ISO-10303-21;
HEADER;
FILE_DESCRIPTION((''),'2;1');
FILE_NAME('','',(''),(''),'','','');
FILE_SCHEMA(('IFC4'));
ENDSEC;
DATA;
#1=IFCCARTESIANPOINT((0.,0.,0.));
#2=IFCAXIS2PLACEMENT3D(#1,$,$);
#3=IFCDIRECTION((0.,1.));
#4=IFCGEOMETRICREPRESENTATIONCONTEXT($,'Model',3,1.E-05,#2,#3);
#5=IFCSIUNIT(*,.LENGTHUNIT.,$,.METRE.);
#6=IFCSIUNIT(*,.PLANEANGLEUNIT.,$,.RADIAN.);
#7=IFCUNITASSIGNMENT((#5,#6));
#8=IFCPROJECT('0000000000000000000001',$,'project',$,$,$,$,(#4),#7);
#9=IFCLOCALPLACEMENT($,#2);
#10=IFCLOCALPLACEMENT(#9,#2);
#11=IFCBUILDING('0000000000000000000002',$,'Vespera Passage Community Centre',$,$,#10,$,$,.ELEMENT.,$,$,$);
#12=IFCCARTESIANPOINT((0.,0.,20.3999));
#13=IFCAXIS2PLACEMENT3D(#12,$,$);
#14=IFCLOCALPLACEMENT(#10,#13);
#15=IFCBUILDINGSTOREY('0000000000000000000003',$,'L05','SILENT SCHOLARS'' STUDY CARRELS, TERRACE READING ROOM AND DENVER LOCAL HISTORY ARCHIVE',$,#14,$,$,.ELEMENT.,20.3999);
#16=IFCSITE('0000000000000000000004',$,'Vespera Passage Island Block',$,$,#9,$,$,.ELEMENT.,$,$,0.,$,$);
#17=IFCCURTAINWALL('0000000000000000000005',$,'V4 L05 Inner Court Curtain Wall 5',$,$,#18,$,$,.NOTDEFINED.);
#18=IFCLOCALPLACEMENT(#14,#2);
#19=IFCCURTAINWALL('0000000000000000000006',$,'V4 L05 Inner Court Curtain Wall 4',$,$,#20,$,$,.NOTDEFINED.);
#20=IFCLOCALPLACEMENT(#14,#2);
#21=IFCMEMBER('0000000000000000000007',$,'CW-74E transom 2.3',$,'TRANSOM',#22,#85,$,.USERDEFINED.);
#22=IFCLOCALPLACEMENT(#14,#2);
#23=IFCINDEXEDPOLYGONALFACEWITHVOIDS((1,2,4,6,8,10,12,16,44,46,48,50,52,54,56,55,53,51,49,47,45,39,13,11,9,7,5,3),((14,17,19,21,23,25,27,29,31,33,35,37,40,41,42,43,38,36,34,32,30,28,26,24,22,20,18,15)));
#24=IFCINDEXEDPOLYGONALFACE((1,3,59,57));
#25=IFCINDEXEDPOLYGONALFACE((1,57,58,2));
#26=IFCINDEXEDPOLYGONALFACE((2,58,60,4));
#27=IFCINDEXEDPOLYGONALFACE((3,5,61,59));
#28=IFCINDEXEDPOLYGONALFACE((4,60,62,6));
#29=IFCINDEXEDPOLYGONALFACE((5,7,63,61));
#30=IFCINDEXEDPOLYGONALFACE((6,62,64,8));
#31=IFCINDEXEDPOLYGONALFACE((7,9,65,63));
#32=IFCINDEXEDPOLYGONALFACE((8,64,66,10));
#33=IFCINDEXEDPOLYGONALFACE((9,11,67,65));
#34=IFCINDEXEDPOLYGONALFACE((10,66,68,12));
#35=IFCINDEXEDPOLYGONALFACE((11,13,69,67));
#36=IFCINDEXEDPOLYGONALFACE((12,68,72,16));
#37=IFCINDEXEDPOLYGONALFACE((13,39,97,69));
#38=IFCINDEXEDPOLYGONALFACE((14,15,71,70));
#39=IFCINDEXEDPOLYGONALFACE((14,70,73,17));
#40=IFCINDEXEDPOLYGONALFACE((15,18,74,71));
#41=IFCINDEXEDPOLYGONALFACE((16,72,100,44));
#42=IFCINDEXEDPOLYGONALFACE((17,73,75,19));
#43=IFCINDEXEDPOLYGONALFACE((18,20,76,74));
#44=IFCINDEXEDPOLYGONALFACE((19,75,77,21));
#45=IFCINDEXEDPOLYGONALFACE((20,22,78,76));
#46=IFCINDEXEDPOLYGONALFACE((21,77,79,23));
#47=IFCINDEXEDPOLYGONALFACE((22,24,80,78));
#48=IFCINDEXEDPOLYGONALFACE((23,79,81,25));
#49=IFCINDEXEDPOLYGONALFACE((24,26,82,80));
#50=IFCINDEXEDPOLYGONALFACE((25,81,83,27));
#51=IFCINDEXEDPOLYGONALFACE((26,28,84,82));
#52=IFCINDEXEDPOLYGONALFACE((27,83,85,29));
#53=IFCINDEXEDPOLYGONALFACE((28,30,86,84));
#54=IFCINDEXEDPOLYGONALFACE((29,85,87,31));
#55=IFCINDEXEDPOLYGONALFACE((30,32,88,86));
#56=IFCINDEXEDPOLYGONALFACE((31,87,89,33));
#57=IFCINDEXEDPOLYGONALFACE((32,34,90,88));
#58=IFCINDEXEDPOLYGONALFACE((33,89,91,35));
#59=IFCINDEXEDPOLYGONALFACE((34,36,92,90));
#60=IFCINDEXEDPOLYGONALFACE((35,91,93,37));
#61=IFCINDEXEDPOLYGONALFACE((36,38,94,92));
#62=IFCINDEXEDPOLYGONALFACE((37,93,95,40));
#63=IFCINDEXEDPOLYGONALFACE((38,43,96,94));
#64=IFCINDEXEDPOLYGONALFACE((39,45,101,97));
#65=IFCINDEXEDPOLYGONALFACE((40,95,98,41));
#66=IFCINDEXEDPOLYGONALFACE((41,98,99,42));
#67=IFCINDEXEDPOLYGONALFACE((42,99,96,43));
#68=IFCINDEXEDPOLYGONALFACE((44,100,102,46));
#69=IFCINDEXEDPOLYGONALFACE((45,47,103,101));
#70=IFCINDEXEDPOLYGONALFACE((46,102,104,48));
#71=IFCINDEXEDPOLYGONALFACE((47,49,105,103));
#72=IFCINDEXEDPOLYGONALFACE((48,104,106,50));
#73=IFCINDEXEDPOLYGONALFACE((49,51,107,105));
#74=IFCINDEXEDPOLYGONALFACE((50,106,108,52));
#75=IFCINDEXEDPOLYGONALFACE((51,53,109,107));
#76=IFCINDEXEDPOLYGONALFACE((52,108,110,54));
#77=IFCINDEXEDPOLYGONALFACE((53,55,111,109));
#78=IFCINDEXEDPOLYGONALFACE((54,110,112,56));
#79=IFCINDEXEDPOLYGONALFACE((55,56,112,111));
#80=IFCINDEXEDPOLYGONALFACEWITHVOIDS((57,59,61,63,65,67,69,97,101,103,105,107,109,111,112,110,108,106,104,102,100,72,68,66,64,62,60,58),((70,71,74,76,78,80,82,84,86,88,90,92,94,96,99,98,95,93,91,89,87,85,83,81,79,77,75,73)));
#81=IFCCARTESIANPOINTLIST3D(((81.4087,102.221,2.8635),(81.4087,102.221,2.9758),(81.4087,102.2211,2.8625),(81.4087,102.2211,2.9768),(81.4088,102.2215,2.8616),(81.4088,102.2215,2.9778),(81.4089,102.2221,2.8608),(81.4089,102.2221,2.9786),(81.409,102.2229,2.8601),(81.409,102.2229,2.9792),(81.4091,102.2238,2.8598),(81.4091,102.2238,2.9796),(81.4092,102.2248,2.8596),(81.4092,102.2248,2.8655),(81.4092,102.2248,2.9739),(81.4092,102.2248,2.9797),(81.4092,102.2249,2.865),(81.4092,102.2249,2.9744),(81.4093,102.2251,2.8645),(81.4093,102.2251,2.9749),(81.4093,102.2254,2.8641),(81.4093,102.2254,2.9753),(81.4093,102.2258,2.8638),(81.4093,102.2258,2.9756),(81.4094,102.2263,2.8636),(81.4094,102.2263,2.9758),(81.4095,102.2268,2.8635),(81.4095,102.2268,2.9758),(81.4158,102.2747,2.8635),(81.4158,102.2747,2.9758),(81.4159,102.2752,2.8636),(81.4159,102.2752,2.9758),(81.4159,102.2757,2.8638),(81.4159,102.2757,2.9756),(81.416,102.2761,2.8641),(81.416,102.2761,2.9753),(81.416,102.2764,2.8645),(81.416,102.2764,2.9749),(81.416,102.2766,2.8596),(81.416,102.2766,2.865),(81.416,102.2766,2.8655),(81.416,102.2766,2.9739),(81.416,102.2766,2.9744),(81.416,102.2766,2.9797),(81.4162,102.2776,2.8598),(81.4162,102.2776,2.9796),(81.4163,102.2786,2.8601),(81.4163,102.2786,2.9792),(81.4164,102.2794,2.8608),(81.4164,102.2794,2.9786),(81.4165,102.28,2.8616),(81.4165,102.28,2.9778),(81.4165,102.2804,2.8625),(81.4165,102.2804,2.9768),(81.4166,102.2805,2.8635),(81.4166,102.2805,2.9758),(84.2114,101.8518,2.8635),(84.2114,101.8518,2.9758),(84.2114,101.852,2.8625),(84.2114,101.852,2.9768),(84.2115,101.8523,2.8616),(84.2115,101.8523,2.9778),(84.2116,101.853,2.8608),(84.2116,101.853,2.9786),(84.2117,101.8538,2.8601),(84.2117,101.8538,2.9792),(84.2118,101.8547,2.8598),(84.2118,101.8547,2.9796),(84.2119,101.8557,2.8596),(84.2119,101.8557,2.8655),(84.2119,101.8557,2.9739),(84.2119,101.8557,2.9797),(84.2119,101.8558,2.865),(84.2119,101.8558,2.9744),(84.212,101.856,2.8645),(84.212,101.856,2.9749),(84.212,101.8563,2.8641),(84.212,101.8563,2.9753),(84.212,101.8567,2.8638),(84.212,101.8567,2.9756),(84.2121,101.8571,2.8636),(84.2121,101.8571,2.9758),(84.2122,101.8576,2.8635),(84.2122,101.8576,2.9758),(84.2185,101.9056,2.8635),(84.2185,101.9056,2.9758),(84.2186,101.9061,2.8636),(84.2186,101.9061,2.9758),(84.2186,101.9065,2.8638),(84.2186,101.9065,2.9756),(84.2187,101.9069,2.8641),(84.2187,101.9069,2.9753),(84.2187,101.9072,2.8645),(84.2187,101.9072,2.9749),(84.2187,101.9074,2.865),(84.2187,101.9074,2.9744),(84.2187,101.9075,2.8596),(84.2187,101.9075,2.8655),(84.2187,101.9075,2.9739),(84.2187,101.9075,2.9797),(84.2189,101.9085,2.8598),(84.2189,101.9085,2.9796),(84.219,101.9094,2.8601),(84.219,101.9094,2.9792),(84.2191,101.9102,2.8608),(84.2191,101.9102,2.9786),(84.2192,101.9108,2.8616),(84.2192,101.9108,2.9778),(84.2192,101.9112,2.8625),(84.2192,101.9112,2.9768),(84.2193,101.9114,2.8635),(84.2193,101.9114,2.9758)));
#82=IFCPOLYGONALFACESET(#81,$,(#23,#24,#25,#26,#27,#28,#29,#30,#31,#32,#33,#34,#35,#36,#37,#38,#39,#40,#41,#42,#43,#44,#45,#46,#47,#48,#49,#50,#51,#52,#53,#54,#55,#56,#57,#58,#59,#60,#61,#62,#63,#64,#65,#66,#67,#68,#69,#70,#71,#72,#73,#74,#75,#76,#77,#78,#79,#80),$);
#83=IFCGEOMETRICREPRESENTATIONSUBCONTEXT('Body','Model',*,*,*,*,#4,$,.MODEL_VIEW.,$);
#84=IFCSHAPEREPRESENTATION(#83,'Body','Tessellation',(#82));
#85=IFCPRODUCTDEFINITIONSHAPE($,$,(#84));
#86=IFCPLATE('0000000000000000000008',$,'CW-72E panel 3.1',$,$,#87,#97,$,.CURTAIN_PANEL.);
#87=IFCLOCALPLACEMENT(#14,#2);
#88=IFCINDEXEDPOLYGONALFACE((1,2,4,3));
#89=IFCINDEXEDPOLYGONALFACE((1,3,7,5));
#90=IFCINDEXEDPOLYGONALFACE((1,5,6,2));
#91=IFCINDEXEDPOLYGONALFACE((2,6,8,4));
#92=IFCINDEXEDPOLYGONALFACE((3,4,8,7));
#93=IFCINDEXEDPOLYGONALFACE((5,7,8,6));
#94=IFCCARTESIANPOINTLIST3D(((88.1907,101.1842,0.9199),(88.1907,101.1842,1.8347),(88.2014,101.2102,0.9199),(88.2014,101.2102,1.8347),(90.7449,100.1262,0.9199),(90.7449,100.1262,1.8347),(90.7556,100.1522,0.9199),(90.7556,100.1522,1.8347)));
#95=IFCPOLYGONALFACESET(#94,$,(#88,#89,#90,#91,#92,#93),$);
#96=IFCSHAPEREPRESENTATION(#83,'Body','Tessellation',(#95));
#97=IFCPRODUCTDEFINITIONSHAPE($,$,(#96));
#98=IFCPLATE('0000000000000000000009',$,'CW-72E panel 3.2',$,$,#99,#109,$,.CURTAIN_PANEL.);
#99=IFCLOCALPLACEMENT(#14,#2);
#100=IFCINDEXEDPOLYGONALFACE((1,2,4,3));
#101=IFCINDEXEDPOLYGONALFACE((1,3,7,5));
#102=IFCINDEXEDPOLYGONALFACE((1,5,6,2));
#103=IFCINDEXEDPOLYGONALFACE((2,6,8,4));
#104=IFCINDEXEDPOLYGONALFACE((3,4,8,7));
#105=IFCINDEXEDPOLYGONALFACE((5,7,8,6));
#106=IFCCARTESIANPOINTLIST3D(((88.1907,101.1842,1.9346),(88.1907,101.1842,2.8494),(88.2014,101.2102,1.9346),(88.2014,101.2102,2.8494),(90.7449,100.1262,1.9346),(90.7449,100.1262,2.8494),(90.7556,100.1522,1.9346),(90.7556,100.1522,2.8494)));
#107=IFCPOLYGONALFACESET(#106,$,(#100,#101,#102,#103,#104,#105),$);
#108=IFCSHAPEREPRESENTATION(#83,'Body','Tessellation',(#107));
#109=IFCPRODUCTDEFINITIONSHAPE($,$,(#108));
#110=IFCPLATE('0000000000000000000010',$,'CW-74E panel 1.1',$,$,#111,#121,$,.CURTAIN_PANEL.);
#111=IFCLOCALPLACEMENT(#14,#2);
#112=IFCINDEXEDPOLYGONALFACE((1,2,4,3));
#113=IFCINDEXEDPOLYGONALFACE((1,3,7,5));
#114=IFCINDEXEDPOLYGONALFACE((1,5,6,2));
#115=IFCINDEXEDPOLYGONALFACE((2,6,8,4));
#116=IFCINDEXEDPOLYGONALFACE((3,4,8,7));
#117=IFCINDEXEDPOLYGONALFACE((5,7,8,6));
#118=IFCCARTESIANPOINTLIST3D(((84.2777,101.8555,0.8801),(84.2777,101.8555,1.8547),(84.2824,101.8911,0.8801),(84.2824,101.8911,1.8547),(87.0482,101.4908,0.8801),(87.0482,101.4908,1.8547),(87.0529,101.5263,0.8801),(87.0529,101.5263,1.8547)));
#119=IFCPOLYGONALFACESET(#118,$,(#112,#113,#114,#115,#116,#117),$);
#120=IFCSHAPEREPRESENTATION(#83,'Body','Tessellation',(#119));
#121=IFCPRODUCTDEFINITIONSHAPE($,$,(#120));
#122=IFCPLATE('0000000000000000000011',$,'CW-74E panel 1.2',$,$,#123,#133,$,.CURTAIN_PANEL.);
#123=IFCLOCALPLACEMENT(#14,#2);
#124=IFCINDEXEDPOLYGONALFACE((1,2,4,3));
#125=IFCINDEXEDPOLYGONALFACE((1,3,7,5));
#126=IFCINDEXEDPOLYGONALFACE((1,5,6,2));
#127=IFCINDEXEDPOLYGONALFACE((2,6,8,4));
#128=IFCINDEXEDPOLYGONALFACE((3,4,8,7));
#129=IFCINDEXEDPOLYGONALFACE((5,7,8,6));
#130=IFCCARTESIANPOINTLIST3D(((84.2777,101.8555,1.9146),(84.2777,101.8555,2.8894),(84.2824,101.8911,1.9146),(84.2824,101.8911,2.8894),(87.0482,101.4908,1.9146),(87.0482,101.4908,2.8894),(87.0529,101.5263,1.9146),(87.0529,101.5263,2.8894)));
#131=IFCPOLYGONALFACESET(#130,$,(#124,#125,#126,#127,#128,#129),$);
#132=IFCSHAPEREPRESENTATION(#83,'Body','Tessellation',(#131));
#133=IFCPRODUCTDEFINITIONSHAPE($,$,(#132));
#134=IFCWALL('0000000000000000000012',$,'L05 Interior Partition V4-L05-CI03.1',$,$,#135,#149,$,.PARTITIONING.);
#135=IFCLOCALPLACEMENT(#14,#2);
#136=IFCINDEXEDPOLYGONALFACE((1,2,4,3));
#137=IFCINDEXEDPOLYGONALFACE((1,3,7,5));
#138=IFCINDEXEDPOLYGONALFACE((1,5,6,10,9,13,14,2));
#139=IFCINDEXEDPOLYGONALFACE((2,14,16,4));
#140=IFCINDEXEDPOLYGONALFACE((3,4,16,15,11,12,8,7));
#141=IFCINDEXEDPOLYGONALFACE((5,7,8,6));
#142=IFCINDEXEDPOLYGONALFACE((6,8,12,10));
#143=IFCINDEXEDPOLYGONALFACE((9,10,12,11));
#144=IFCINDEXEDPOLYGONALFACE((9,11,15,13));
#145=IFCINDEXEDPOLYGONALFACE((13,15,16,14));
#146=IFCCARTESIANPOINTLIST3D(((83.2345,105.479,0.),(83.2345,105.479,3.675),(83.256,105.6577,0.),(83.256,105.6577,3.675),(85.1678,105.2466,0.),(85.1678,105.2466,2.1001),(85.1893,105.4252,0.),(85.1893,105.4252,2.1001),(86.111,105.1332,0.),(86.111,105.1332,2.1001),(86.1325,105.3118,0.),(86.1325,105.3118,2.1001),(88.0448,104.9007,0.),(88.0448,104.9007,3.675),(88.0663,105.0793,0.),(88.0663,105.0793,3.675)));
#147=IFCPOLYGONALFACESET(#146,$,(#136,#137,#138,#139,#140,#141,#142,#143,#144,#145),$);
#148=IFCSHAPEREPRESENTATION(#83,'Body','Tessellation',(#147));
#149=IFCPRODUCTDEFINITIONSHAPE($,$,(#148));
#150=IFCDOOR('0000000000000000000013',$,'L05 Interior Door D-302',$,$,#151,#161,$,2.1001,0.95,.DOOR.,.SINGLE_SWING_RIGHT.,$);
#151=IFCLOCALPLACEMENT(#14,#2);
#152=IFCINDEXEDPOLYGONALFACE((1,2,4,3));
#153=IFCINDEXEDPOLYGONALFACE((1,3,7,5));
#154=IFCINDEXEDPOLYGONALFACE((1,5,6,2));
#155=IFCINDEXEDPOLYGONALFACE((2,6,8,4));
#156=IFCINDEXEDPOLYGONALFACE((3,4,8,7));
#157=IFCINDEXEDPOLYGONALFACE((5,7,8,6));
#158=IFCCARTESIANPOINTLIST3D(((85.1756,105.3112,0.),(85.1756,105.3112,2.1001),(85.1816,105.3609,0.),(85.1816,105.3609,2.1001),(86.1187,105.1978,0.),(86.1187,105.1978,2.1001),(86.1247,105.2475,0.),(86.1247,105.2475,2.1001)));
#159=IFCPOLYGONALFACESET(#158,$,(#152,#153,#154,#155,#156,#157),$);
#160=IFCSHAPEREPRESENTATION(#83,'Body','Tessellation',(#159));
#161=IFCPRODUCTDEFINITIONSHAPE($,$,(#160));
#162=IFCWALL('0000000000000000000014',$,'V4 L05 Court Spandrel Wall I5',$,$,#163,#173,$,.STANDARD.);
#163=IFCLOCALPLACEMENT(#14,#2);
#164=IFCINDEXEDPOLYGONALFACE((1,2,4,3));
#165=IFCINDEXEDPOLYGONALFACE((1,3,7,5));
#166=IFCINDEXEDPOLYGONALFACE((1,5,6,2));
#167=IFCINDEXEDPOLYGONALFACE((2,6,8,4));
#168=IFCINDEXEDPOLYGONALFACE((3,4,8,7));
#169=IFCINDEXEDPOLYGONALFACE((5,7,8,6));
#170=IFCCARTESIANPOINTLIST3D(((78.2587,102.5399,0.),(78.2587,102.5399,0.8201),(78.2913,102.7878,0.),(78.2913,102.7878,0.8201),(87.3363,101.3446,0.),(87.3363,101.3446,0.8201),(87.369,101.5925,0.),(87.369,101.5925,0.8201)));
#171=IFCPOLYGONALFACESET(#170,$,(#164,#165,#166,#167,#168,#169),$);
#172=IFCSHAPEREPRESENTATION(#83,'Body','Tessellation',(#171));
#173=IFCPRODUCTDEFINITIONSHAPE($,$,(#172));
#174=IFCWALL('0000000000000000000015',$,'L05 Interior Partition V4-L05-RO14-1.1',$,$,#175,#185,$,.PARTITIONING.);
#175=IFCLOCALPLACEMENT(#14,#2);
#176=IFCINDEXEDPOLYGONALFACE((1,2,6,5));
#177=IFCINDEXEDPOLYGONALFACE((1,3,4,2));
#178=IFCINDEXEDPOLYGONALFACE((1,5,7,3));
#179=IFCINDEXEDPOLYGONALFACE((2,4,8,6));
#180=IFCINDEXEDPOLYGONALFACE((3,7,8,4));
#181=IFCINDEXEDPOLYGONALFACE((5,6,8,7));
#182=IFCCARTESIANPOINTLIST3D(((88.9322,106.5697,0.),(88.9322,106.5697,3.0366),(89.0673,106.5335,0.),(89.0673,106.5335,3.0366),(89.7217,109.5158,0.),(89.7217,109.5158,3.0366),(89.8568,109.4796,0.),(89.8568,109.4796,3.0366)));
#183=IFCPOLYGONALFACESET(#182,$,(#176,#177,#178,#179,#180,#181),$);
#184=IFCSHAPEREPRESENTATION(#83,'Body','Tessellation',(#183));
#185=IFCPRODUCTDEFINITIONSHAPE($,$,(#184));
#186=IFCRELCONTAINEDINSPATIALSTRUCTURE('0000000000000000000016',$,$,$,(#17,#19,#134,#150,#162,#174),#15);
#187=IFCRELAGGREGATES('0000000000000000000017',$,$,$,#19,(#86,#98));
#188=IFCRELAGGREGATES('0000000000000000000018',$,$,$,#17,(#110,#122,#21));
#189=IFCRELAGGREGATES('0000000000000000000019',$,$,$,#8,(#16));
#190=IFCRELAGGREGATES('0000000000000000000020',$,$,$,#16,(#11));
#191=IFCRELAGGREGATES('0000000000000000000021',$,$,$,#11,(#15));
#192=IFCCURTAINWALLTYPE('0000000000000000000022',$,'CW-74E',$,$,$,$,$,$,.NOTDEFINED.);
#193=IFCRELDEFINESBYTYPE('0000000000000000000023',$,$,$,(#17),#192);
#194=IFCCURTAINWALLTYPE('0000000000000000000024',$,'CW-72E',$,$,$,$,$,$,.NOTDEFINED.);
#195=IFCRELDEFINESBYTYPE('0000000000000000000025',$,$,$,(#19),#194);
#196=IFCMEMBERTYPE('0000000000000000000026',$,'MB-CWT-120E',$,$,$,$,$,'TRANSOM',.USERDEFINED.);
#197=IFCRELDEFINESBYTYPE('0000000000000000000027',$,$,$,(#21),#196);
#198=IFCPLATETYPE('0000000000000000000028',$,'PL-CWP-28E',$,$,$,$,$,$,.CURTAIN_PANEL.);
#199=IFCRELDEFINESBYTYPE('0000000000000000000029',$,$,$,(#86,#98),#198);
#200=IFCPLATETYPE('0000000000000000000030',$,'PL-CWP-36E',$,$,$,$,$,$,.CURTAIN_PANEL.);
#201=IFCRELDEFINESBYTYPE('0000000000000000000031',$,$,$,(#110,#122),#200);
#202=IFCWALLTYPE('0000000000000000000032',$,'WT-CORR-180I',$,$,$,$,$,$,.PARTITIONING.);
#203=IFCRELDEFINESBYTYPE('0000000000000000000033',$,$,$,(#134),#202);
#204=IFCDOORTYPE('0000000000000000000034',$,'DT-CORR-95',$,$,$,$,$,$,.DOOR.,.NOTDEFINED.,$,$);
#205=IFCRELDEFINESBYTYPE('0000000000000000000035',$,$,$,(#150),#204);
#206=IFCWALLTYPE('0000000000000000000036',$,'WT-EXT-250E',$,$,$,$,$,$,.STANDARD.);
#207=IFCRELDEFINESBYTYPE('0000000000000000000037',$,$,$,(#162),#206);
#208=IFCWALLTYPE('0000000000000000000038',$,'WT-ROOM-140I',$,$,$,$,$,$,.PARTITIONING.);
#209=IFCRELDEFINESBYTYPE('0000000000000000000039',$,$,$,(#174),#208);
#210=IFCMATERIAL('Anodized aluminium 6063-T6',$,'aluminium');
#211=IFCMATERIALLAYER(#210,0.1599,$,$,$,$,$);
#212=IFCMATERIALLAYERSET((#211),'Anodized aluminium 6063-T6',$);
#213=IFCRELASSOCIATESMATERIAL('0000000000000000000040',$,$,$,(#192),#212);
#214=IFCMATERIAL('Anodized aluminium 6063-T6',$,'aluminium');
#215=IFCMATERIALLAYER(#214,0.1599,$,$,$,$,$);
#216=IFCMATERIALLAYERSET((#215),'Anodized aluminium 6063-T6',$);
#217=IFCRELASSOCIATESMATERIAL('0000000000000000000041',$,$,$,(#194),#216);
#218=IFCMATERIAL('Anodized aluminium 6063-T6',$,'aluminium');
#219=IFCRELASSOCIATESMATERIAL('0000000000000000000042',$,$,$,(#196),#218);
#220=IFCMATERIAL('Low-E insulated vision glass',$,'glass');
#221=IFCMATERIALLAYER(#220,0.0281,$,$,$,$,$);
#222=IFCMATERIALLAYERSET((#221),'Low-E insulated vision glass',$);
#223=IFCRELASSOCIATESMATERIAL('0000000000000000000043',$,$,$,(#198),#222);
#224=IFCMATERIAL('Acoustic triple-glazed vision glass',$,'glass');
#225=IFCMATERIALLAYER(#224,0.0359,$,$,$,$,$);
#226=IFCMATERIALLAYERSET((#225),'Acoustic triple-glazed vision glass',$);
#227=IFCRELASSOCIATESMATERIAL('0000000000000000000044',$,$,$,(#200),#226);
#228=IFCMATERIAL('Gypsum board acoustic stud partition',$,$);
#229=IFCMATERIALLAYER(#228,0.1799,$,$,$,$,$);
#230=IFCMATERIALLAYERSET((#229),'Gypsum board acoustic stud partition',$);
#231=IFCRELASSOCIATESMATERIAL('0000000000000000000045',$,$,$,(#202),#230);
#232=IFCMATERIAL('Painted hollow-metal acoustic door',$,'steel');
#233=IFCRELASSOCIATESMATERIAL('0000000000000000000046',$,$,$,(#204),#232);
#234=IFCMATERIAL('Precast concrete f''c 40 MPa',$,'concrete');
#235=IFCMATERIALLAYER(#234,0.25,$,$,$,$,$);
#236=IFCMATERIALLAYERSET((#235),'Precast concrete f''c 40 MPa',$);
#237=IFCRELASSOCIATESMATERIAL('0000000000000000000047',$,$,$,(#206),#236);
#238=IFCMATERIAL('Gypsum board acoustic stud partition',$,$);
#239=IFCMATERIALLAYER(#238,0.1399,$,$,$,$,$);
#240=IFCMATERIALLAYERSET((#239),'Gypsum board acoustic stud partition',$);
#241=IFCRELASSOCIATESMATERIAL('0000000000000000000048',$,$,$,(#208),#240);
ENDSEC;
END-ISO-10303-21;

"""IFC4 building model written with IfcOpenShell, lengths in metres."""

from ifc_helpers import new_model, si_unit, direction, frame, frame_2d, origin, origin_2d, place, context, subcontext, project, spatial, rectangle, hollow_rectangle, extrude, material, layer, layer_set, material_profile, profile_set, type_object, element, fill, aggregate, save


model = new_model("IFC4")

# Units and contexts
model_context = context("Model", 3, precision=1e-05, world=origin(), true_north=direction((0.0, 1.0)))
body_context = subcontext(model_context, "Body", "Model", "MODEL_VIEW")
ifc_project = project(units=[si_unit("LENGTHUNIT", "METRE"), si_unit("PLANEANGLEUNIT", "RADIAN")], contexts=[model_context])

# Site, building, storey
site_placement = place(None, origin())
site = spatial("IfcSite", under=ifc_project, at=site_placement, Name="Vespera Passage Island Block", CompositionType="ELEMENT", RefElevation=0.0)
building_placement = place(site_placement, origin())
building = spatial("IfcBuilding", under=site, at=building_placement, Name="Vespera Passage Community Centre", CompositionType="ELEMENT")
storey_placement = place(building_placement, frame((0.0, 0.0, 20.3999)))
storey = spatial("IfcBuildingStorey", under=building, at=storey_placement, Name="L05", Description="SILENT SCHOLARS' STUDY CARRELS, TERRACE READING ROOM AND DENVER LOCAL HISTORY ARCHIVE", CompositionType="ELEMENT", Elevation=20.3999)

# Curtain walls
ifc_material_1 = material(Name="Anodized aluminium 6063-T6", Category="aluminium")
ifc_layer_1 = layer(ifc_material_1, 0.1599)
ifc_layer_set_1 = layer_set([ifc_layer_1], Name="Anodized aluminium 6063-T6")
curtain_wall_type_1 = type_object("IfcCurtainWallType", Name="CW-74E", PredefinedType="NOTDEFINED", material=ifc_layer_set_1)
curtain_wall_1_placement = place(storey_placement, origin())
curtain_wall_1 = element("IfcCurtainWall", 1, at=curtain_wall_1_placement, inside=storey, type_object=curtain_wall_type_1, Name="V4 L05 Inner Court Curtain Wall 5", PredefinedType="NOTDEFINED")
ifc_material_2 = material(Name="Anodized aluminium 6063-T6", Category="aluminium")
ifc_layer_2 = layer(ifc_material_2, 0.1599)
ifc_layer_set_2 = layer_set([ifc_layer_2], Name="Anodized aluminium 6063-T6")
curtain_wall_type_2 = type_object("IfcCurtainWallType", Name="CW-72E", PredefinedType="NOTDEFINED", material=ifc_layer_set_2)
curtain_wall_2_placement = place(storey_placement, origin())
curtain_wall_2 = element("IfcCurtainWall", 2, at=curtain_wall_2_placement, inside=storey, type_object=curtain_wall_type_2, Name="V4 L05 Inner Court Curtain Wall 4", PredefinedType="NOTDEFINED")

# Member
ifc_material_3 = material(Name="Anodized aluminium 6063-T6", Category="aluminium")
ifc_material_profile_1 = material_profile(ifc_material_3, hollow_rectangle(XDim=0.0601, YDim=0.1201, WallThickness=0.0039, InnerFilletRadius=0.002, OuterFilletRadius=0.0039, at=origin_2d()), Name="ALU120X60X4")
ifc_profile_set_1 = profile_set([ifc_material_profile_1], Name="Anodized aluminium 6063-T6")
member_type_1 = type_object("IfcMemberType", Name="MB-CWT-120E", ElementType="TRANSOM", PredefinedType="USERDEFINED", material=ifc_profile_set_1)
member_1_placement = place(storey_placement, frame((84.2153, 101.8816, 2.9197), z_axis=(-0.991438, 0.13058, 0.0), x_axis=(-0.13058, -0.991438, 0.0)))
member_1 = element("IfcMember", 3, at=member_1_placement, type_object=member_type_1, Name="CW-74E transom 2.3", ObjectType="TRANSOM", PredefinedType="USERDEFINED", context=body_context, shape_type="SweptSolid", body=[
    extrude(hollow_rectangle(XDim=0.0601, YDim=0.1201, WallThickness=0.0039, InnerFilletRadius=0.002, OuterFilletRadius=0.0039, at=origin_2d()), origin(), (0.0, 0.0, 1.0), 2.8269),
])

# Plates
ifc_material_4 = material(Name="Low-E insulated vision glass", Category="glass")
ifc_layer_3 = layer(ifc_material_4, 0.0281)
ifc_layer_set_3 = layer_set([ifc_layer_3], Name="Low-E insulated vision glass")
plate_type_1 = type_object("IfcPlateType", Name="PL-CWP-28E", PredefinedType="CURTAIN_PANEL", material=ifc_layer_set_3)
plate_1_placement = place(storey_placement, frame((89.4731, 100.6682, 0.9199), z_axis=(0.0, 0.0, 1.0), x_axis=(-0.923877, 0.38269, 0.0)))
plate_1 = element("IfcPlate", 4, at=plate_1_placement, type_object=plate_type_1, Name="CW-72E panel 3.1", PredefinedType="CURTAIN_PANEL", context=body_context, shape_type="SweptSolid", body=[
    extrude(rectangle(XDim=2.7646, YDim=0.0281, at=origin_2d()), origin(), (0.0, 0.0, 1.0), 0.9148),
])
plate_2_placement = place(storey_placement, frame((89.4731, 100.6682, 1.9346), z_axis=(0.0, 0.0, 1.0), x_axis=(-0.923877, 0.38269, 0.0)))
plate_2 = element("IfcPlate", 5, at=plate_2_placement, type_object=plate_type_1, Name="CW-72E panel 3.2", PredefinedType="CURTAIN_PANEL", context=body_context, shape_type="SweptSolid", body=[
    extrude(rectangle(XDim=2.7646, YDim=0.0281, at=origin_2d()), origin(), (0.0, 0.0, 1.0), 0.9148),
])
aggregate(curtain_wall_2, [plate_1, plate_2])
ifc_material_5 = material(Name="Acoustic triple-glazed vision glass", Category="glass")
ifc_layer_4 = layer(ifc_material_5, 0.0359)
ifc_layer_set_4 = layer_set([ifc_layer_4], Name="Acoustic triple-glazed vision glass")
plate_type_2 = type_object("IfcPlateType", Name="PL-CWP-36E", PredefinedType="CURTAIN_PANEL", material=ifc_layer_set_4)
plate_3_placement = place(storey_placement, frame((85.6653, 101.6909, 0.8801), z_axis=(0.0, 0.0, 1.0), x_axis=(-0.991445, 0.130522, 0.0)))
plate_3 = element("IfcPlate", 6, at=plate_3_placement, type_object=plate_type_2, Name="CW-74E panel 1.1", PredefinedType="CURTAIN_PANEL", context=body_context, shape_type="SweptSolid", body=[
    extrude(rectangle(XDim=2.7944, YDim=0.0359, at=origin_2d()), origin(), (0.0, 0.0, 1.0), 0.9746),
])
plate_4_placement = place(storey_placement, frame((85.6653, 101.6909, 1.9146), z_axis=(0.0, 0.0, 1.0), x_axis=(-0.991445, 0.130522, 0.0)))
plate_4 = element("IfcPlate", 7, at=plate_4_placement, type_object=plate_type_2, Name="CW-74E panel 1.2", PredefinedType="CURTAIN_PANEL", context=body_context, shape_type="SweptSolid", body=[
    extrude(rectangle(XDim=2.7944, YDim=0.0359, at=origin_2d()), origin(), (0.0, 0.0, 1.0), 0.9749),
])
aggregate(curtain_wall_1, [plate_3, plate_4, member_1])

# Wall, opening, door
ifc_material_6 = material(Name="Gypsum board acoustic stud partition")
ifc_layer_5 = layer(ifc_material_6, 0.1799)
ifc_layer_set_5 = layer_set([ifc_layer_5], Name="Gypsum board acoustic stud partition")
wall_type_1 = type_object("IfcWallType", Name="WT-CORR-180I", PredefinedType="PARTITIONING", material=ifc_layer_set_5)
wall_1_placement = place(storey_placement, frame((88.0554, 104.99, 0.0), z_axis=(0.0, 0.0, 1.0), x_axis=(-0.992849, 0.119376, 0.0)))
wall_1 = element("IfcWall", 8, at=wall_1_placement, inside=storey, type_object=wall_type_1, Name="L05 Interior Partition V4-L05-CI03.1", PredefinedType="PARTITIONING", context=body_context, shape_type="SweptSolid", body=[
    extrude(rectangle(XDim=4.845, YDim=0.1799, at=frame_2d((2.4224, 0.0))), origin(), (0.0, 0.0, 1.0), 3.675),
])
opening_placement = place(wall_1_placement, frame((1.9475, 0.0, 0.0)))
opening = element("IfcOpeningElement", 9, at=opening_placement, cuts=wall_1, PredefinedType="OPENING", context=body_context, shape_type="SweptSolid", body=[
    extrude(rectangle(XDim=0.95, YDim=2.1001, at=frame_2d((0.4751, 1.05))), frame((0.0, 0.0999, 0.0), z_axis=(0.0, -1.0, 0.0), x_axis=(1.0, 0.0, 0.0)), (0.0, 0.0, 1.0), 0.2),
])
ifc_material_7 = material(Name="Painted hollow-metal acoustic door", Category="steel")
door_type = type_object("IfcDoorType", Name="DT-CORR-95", OperationType="NOTDEFINED", PredefinedType="DOOR", material=ifc_material_7)
door_placement = place(opening_placement, origin())
door = element("IfcDoor", 10, at=door_placement, inside=storey, type_object=door_type, Name="L05 Interior Door D-302", OperationType="SINGLE_SWING_RIGHT", OverallHeight=2.1001, OverallWidth=0.95, PredefinedType="DOOR", context=body_context, shape_type="SweptSolid", body=[
    extrude(rectangle(XDim=0.95, YDim=2.1001, at=frame_2d((0.4751, 1.05))), frame((0.0, 0.0249, 0.0), z_axis=(0.0, -1.0, 0.0), x_axis=(1.0, 0.0, 0.0)), (0.0, 0.0, 1.0), 0.05),
])
fill(opening, door)

# Walls
ifc_material_8 = material(Name="Precast concrete f'c 40 MPa", Category="concrete")
ifc_layer_6 = layer(ifc_material_8, 0.25)
ifc_layer_set_6 = layer_set([ifc_layer_6], Name="Precast concrete f'c 40 MPa")
wall_type_2 = type_object("IfcWallType", Name="WT-EXT-250E", PredefinedType="STANDARD", material=ifc_layer_set_6)
wall_2_placement = place(storey_placement, frame((87.3528, 101.4685, 0.0), z_axis=(0.0, 0.0, 1.0), x_axis=(-0.991442, 0.13055, 0.0)))
element("IfcWall", 11, at=wall_2_placement, inside=storey, type_object=wall_type_2, Name="V4 L05 Court Spandrel Wall I5", PredefinedType="STANDARD", context=body_context, shape_type="SweptSolid", body=[
    extrude(rectangle(XDim=9.156, YDim=0.25, at=frame_2d((4.5781, 0.0))), origin(), (0.0, 0.0, 1.0), 0.8201),
])
ifc_material_9 = material(Name="Gypsum board acoustic stud partition")
ifc_layer_7 = layer(ifc_material_9, 0.1399)
ifc_layer_set_7 = layer_set([ifc_layer_7], Name="Gypsum board acoustic stud partition")
wall_type_3 = type_object("IfcWallType", Name="WT-ROOM-140I", PredefinedType="PARTITIONING", material=ifc_layer_set_7)
wall_3_placement = place(storey_placement, frame((88.9998, 106.5518, 0.0), z_axis=(0.0, 0.0, 1.0), x_axis=(0.258868, 0.965913, 0.0)))
element("IfcWall", 12, at=wall_3_placement, inside=storey, type_object=wall_type_3, Name="L05 Interior Partition V4-L05-RO14-1.1", PredefinedType="PARTITIONING", context=body_context, shape_type="SweptSolid", body=[
    extrude(rectangle(XDim=3.05, YDim=0.1399, at=frame_2d((1.5249, 0.0))), origin(), (0.0, 0.0, 1.0), 3.0366),
])

save(model, "model.ifc")
